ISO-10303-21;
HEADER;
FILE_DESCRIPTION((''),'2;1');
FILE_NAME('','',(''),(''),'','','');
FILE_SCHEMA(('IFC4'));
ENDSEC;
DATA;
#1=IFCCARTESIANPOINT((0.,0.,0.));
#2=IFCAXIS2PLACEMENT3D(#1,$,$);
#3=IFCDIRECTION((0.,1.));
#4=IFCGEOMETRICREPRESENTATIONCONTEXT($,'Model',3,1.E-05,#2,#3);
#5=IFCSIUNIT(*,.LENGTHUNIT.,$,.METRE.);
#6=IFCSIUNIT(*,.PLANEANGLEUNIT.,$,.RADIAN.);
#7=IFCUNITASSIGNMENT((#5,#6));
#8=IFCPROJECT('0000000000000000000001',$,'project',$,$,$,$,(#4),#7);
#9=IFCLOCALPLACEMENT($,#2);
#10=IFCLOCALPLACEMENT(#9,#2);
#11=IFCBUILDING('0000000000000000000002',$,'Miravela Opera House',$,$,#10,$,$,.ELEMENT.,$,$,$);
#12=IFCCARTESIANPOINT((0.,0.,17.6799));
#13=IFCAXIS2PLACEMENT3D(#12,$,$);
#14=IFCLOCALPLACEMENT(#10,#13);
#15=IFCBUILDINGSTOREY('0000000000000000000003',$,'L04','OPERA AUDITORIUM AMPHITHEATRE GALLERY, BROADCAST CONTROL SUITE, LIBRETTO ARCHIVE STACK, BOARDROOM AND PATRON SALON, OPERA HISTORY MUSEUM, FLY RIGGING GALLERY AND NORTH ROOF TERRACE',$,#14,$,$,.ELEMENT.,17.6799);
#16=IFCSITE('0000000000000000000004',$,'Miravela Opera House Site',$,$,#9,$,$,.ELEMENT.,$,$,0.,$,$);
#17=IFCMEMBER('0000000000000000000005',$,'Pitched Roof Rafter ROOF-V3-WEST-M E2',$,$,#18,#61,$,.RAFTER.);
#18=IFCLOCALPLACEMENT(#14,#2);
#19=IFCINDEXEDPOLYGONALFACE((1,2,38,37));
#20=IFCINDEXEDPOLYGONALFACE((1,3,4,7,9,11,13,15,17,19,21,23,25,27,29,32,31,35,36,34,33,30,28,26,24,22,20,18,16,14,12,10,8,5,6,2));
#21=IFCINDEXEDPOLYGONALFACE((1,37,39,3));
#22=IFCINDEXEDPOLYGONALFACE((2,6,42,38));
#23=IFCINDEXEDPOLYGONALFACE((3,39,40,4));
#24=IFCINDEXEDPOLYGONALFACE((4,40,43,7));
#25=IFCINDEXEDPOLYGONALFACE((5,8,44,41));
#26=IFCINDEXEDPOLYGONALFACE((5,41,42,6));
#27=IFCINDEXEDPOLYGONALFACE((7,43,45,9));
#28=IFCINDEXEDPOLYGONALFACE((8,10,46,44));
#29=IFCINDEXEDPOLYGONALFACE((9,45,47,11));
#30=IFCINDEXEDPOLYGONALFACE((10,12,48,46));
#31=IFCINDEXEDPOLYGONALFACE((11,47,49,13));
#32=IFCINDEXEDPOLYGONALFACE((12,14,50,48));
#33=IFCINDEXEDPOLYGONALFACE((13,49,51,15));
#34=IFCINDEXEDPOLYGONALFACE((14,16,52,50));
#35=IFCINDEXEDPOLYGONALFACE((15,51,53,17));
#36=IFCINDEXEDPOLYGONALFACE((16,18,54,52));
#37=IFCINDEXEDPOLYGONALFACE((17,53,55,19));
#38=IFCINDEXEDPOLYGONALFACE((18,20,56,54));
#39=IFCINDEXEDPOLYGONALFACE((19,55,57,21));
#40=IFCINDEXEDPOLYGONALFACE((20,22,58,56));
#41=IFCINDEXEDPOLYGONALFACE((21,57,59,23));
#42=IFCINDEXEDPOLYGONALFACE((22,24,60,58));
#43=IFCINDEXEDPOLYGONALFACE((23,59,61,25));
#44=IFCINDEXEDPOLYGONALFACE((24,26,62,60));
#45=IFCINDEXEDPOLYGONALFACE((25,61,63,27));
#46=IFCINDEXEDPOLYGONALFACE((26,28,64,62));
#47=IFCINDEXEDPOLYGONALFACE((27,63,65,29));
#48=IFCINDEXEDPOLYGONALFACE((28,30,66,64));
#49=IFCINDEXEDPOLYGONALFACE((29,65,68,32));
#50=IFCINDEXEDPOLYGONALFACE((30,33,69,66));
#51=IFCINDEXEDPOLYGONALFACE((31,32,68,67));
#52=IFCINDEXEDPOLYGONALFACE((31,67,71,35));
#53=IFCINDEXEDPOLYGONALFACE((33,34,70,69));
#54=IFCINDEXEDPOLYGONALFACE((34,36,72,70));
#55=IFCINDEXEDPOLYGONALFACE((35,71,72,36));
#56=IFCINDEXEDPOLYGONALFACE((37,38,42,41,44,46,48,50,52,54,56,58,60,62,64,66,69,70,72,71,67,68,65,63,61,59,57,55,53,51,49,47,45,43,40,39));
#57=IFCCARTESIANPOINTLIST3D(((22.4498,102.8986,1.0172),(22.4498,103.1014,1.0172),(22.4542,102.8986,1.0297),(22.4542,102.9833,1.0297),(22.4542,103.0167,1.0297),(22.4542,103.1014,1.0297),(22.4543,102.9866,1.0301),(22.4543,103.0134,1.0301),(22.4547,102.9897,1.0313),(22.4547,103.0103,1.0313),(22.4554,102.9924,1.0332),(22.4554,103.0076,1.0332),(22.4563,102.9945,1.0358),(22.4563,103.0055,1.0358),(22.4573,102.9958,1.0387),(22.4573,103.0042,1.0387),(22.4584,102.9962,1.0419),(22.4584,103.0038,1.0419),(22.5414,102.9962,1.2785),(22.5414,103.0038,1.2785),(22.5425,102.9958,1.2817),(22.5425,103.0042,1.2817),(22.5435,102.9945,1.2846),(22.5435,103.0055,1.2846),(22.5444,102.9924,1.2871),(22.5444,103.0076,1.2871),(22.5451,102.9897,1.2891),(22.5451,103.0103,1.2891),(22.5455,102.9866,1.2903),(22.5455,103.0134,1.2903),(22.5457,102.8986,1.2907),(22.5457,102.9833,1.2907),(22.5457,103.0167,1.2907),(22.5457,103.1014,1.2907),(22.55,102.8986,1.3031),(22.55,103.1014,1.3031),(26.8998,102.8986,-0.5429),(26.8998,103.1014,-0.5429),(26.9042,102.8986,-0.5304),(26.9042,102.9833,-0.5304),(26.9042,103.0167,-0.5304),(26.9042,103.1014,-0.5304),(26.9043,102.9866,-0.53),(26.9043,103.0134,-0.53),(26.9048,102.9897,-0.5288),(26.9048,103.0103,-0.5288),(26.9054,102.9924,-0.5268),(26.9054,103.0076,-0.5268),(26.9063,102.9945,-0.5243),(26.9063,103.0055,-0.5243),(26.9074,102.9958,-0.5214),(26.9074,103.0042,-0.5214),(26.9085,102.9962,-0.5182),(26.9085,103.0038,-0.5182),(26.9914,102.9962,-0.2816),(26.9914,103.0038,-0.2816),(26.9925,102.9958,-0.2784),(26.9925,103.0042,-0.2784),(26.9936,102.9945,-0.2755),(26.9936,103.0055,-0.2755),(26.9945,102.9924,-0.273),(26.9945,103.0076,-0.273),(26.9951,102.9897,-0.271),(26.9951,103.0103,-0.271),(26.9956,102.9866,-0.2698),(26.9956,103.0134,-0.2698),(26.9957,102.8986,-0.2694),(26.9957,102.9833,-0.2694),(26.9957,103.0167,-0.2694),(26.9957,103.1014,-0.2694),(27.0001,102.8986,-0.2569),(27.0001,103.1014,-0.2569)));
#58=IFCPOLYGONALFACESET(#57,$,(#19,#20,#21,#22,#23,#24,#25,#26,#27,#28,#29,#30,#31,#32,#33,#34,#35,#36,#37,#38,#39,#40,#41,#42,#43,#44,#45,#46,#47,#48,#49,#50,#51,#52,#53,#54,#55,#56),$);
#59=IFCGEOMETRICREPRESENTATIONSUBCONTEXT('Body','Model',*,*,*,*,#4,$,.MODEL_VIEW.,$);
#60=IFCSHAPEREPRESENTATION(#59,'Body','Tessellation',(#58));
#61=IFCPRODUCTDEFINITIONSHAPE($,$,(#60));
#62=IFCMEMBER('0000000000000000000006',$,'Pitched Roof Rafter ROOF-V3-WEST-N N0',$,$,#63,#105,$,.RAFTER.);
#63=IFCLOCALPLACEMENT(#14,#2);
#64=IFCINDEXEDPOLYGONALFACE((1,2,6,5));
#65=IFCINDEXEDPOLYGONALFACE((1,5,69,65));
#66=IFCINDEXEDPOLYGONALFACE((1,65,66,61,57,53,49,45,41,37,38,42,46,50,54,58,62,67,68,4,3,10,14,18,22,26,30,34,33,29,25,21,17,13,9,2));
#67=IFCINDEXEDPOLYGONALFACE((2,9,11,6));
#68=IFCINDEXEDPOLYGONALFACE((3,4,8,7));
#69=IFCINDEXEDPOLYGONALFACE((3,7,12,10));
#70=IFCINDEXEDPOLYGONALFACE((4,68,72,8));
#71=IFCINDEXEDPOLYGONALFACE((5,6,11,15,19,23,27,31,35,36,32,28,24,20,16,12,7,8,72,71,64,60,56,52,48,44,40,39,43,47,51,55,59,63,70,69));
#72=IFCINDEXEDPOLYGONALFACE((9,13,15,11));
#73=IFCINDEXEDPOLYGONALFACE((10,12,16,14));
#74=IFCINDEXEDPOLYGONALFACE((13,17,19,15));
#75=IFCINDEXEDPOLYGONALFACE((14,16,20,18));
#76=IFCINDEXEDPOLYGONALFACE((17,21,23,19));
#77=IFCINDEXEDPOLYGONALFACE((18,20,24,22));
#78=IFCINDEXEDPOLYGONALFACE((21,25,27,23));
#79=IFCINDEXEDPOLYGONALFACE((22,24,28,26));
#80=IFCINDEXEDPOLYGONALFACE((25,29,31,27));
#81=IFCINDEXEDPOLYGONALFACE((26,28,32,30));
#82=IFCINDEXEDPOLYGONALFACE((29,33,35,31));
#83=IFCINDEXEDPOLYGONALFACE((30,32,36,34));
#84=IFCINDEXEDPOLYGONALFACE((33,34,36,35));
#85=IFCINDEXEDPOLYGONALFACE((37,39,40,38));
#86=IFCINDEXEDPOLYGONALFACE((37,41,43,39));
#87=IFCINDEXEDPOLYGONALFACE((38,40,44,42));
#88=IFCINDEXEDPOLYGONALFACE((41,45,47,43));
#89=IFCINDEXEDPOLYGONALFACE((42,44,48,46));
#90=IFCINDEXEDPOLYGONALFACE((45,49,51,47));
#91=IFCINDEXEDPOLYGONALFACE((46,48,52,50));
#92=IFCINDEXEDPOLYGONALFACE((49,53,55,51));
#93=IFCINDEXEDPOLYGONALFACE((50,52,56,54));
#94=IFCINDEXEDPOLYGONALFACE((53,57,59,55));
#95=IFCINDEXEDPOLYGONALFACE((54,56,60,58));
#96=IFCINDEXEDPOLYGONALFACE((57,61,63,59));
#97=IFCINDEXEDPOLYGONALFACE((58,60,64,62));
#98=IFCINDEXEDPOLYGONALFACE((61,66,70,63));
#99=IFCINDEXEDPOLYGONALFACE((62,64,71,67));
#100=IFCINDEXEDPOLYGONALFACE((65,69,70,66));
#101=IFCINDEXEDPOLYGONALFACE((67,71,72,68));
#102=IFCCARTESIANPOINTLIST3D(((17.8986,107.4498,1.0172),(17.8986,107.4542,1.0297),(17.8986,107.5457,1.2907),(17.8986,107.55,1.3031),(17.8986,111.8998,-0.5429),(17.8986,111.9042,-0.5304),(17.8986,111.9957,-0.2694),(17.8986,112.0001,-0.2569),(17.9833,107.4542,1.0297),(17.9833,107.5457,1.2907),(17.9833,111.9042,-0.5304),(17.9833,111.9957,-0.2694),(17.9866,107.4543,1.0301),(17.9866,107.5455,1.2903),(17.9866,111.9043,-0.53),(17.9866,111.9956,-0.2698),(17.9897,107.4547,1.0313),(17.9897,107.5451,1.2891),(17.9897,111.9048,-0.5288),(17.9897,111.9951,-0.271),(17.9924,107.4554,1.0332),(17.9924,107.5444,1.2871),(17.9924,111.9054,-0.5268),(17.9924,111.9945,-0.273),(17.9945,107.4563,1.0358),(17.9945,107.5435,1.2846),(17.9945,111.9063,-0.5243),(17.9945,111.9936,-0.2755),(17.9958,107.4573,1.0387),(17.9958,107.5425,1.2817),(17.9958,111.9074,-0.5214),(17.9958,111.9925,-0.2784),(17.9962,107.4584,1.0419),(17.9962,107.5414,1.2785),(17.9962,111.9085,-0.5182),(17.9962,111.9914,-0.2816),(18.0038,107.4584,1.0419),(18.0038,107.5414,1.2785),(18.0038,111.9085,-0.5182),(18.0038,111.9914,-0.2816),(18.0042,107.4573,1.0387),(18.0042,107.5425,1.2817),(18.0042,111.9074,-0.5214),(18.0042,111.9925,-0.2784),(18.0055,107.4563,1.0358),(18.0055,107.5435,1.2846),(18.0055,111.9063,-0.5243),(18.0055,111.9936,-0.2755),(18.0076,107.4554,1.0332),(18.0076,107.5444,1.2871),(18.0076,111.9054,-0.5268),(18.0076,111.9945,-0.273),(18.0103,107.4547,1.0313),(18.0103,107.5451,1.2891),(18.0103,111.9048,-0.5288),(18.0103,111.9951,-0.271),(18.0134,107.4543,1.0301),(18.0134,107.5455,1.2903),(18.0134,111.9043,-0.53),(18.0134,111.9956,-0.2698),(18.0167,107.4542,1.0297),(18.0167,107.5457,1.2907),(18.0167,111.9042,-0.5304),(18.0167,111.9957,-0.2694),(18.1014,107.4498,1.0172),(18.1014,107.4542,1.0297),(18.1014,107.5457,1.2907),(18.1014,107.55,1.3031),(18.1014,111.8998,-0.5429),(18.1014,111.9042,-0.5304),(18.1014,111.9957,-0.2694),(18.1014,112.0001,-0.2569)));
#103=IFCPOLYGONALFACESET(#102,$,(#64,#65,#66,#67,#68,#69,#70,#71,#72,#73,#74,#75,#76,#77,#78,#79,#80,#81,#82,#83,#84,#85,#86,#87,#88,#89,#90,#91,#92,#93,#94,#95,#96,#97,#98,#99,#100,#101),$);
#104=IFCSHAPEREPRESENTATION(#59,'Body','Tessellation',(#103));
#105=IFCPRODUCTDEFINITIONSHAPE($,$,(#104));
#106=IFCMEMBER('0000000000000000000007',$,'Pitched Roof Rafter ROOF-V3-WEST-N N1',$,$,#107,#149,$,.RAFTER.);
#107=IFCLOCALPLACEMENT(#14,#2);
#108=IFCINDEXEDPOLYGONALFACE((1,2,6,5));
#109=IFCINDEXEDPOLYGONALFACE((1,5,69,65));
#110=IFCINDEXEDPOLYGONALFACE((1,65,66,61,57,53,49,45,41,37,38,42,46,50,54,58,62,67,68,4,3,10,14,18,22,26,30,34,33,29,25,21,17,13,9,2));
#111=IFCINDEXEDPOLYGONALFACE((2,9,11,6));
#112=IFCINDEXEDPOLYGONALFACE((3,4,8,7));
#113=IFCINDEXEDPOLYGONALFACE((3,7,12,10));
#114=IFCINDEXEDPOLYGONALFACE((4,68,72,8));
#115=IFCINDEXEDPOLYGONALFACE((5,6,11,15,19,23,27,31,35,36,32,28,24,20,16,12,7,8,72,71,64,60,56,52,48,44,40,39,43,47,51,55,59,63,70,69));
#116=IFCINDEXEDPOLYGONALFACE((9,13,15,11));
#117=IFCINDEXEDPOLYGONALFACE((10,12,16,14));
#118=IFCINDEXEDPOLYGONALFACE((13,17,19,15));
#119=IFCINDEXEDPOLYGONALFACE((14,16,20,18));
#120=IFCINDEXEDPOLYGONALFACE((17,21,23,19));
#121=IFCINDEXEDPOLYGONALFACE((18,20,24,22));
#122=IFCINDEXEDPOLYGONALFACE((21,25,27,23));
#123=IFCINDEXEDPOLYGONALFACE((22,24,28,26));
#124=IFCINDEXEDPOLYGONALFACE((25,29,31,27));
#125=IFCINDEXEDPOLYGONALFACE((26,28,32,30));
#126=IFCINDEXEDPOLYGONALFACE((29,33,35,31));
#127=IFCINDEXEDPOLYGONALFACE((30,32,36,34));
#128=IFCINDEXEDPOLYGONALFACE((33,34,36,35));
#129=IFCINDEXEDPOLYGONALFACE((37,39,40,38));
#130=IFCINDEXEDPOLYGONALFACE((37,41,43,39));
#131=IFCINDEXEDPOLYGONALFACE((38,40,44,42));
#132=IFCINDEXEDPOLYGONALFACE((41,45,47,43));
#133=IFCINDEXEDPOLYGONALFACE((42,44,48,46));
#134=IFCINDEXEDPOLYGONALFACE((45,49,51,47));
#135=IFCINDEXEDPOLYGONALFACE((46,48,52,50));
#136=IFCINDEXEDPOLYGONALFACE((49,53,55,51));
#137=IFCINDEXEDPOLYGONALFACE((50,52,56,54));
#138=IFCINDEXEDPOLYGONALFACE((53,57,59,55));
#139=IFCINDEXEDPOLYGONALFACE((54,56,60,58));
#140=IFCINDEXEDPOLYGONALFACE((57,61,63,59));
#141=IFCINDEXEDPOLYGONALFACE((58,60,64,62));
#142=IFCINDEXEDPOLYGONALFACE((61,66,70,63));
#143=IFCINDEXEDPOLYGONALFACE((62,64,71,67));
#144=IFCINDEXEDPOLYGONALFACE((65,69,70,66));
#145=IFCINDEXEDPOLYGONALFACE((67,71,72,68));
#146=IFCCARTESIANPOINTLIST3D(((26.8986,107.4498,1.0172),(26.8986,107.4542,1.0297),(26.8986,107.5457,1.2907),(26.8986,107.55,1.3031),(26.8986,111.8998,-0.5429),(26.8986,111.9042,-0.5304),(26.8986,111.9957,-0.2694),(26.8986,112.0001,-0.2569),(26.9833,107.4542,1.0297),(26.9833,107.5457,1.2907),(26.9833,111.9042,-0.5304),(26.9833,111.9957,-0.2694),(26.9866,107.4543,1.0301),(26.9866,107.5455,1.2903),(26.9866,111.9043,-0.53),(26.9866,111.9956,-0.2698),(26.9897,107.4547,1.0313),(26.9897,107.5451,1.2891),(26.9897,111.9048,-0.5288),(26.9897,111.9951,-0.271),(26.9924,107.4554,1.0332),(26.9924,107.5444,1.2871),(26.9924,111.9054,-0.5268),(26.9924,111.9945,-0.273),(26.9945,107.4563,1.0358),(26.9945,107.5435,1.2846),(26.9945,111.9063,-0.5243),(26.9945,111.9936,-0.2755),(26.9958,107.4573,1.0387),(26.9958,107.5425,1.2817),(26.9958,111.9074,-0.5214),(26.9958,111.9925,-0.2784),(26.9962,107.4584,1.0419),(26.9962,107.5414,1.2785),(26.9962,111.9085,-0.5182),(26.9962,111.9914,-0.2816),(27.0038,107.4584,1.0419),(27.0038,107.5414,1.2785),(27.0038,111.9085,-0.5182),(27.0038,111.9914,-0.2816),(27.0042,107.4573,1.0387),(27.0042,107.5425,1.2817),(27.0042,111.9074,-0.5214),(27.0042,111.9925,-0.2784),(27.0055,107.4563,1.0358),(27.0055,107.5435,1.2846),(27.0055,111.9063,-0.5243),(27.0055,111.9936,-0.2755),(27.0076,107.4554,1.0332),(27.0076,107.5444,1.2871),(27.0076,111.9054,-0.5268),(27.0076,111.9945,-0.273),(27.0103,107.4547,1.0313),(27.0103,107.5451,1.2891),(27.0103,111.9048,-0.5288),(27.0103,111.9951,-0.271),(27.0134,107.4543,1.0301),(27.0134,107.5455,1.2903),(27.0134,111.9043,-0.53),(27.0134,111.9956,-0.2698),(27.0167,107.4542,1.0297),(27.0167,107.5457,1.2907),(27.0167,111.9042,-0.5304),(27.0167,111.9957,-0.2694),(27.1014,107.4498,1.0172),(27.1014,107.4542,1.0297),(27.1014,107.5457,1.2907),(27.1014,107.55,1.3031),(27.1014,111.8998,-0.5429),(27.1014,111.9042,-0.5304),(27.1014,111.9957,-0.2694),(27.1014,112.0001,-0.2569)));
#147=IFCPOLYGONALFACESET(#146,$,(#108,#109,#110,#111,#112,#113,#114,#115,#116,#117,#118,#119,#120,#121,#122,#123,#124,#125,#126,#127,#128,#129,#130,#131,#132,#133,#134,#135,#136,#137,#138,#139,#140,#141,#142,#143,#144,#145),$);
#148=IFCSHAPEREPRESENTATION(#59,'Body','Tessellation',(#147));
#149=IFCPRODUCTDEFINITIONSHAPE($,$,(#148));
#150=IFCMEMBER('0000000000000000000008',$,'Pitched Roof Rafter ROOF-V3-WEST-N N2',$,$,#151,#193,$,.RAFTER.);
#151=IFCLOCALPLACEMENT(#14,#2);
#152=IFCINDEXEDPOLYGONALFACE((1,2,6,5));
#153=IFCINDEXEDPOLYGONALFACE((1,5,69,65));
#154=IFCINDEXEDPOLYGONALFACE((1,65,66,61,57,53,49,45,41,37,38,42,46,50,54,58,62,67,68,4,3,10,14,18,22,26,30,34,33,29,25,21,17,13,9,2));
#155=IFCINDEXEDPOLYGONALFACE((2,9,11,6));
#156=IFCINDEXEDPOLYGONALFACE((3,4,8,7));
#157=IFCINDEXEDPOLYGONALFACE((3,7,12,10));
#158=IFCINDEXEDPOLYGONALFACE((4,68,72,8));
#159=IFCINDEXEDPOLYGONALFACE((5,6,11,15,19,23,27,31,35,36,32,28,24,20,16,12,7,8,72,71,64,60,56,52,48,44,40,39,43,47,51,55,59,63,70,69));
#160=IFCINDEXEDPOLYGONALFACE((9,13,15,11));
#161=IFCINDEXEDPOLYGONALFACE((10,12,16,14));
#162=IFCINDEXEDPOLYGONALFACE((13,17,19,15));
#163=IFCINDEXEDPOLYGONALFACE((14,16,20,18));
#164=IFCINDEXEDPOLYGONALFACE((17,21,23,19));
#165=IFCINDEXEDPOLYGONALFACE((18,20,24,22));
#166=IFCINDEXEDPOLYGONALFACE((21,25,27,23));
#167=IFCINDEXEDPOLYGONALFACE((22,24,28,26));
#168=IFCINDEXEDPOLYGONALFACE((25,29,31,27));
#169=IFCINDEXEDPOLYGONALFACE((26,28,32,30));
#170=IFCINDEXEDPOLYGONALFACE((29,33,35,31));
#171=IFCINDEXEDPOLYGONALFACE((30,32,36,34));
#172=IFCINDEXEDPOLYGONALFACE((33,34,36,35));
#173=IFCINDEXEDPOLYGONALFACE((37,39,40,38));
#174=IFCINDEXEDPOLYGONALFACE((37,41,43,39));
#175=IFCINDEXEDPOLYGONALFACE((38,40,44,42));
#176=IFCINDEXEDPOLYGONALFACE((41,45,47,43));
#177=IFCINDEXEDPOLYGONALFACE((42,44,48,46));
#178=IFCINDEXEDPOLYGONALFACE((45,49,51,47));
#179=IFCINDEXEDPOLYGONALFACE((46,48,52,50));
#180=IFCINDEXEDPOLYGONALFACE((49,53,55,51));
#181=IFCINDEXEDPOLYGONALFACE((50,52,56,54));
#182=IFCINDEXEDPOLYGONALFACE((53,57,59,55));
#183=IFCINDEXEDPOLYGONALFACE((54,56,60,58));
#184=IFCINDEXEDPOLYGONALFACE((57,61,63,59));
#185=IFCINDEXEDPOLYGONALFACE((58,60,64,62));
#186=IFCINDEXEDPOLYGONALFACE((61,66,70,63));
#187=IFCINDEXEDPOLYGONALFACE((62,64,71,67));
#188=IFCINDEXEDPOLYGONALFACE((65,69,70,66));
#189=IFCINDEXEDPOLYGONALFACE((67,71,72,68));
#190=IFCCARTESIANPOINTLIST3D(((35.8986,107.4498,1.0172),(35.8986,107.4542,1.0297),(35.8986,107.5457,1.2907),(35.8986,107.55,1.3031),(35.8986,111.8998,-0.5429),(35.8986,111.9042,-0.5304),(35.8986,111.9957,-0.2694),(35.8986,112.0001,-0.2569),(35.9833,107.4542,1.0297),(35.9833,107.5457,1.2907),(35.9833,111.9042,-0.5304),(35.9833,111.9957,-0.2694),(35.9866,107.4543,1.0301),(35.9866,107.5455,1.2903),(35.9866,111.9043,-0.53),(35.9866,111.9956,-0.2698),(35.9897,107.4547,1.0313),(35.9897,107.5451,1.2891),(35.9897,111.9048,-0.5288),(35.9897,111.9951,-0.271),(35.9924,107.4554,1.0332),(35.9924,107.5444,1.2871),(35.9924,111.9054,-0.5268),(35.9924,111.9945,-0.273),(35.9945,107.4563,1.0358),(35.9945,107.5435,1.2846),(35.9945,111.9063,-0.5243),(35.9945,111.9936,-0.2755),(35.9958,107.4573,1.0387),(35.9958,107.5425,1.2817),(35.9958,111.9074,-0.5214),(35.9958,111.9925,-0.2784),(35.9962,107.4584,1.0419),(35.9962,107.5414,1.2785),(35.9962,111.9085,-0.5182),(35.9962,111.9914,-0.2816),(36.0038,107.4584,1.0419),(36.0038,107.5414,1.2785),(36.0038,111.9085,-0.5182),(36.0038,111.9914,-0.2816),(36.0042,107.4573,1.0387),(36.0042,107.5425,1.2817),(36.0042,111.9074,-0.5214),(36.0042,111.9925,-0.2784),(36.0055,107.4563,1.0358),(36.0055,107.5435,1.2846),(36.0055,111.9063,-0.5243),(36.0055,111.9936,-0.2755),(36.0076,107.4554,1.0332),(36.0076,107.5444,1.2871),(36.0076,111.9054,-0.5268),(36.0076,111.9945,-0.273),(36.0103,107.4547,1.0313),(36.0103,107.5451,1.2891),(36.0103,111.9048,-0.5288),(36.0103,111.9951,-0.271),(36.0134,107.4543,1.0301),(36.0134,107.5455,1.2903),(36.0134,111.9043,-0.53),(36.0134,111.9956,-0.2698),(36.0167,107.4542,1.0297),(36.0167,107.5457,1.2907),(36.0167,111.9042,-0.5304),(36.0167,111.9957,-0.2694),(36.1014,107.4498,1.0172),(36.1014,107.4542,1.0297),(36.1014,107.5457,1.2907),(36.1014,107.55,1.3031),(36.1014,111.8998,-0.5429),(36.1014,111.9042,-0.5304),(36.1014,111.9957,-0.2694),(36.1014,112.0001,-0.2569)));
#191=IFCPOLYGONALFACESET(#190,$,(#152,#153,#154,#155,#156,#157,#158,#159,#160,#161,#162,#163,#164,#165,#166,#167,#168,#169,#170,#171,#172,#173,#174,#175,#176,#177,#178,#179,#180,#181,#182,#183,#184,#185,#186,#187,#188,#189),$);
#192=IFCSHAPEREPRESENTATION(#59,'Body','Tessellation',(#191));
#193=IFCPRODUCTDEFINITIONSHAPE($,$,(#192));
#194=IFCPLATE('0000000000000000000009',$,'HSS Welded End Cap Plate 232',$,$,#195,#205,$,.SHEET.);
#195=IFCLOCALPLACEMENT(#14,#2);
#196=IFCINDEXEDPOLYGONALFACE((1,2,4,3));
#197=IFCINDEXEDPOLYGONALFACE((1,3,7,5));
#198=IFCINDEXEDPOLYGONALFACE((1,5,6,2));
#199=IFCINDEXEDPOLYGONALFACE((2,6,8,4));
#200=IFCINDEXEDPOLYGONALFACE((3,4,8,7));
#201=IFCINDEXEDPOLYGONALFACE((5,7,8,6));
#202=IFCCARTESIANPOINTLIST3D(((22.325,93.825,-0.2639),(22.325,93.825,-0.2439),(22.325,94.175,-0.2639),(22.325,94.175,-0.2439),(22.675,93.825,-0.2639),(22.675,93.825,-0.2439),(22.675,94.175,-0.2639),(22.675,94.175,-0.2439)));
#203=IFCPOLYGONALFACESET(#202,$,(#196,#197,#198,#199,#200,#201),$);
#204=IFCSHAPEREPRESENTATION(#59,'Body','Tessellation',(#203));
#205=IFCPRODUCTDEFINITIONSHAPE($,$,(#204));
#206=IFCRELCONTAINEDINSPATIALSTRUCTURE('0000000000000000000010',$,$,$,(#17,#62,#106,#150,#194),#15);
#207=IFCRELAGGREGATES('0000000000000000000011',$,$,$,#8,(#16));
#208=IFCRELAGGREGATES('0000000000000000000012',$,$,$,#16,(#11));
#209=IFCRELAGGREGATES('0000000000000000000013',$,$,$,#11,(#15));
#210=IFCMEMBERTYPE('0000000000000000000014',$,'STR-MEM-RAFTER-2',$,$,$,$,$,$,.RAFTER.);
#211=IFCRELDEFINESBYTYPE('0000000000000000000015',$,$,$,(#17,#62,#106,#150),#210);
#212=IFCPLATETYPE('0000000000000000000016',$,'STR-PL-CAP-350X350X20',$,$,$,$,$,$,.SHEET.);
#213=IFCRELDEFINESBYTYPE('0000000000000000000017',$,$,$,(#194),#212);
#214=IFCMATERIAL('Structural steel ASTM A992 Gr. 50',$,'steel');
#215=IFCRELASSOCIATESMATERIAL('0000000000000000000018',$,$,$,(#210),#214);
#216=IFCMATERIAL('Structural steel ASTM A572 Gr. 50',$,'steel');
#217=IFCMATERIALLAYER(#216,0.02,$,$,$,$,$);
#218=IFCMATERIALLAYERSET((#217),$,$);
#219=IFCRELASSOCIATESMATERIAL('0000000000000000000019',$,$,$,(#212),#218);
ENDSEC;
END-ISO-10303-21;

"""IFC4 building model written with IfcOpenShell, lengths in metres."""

from ifc_helpers import new_model, si_unit, direction, frame, origin, origin_2d, place, context, subcontext, project, spatial, rectangle, i_section, extrude, material, layer, layer_set, material_profile, profile_set, type_object, element, save


model = new_model("IFC4")

# Units and contexts
model_context = context("Model", 3, precision=1e-05, world=origin(), true_north=direction((0.0, 1.0)))
body_context = subcontext(model_context, "Body", "Model", "MODEL_VIEW")
ifc_project = project(units=[si_unit("LENGTHUNIT", "METRE"), si_unit("PLANEANGLEUNIT", "RADIAN")], contexts=[model_context])

# Site, building, storey
site_placement = place(None, origin())
site = spatial("IfcSite", under=ifc_project, at=site_placement, Name="Miravela Opera House Site", CompositionType="ELEMENT", RefElevation=0.0)
building_placement = place(site_placement, origin())
building = spatial("IfcBuilding", under=site, at=building_placement, Name="Miravela Opera House", CompositionType="ELEMENT")
storey_placement = place(building_placement, frame((0.0, 0.0, 17.6799)))
storey = spatial("IfcBuildingStorey", under=building, at=storey_placement, Name="L04", Description="OPERA AUDITORIUM AMPHITHEATRE GALLERY, BROADCAST CONTROL SUITE, LIBRETTO ARCHIVE STACK, BOARDROOM AND PATRON SALON, OPERA HISTORY MUSEUM, FLY RIGGING GALLERY AND NORTH ROOF TERRACE", CompositionType="ELEMENT", Elevation=17.6799)

# Shared definitions
ifc_material_1 = material(Name="Structural steel ASTM A992 Gr. 50", Category="steel")

# Members
ifc_material_profile_1 = material_profile(ifc_material_1, i_section(OverallWidth=0.2029, OverallDepth=0.303, WebThickness=0.0076, FlangeThickness=0.0132, FilletRadius=0.0129, at=origin_2d()), Name="W310X60")
ifc_profile_set_1 = profile_set([ifc_material_profile_1])
member_type_1 = type_object("IfcMemberType", Name="STR-MEM-RAFTER-2", PredefinedType="RAFTER", material=ifc_profile_set_1)
for number, where, z_axis, x_axis, name in (
    (1, (26.95, 103.0, -0.3999), (-0.943688, 0.0, 0.330837), (0.0, -1.0, 0.0), "Pitched Roof Rafter ROOF-V3-WEST-M E2"),
    (2, (18.0, 111.95, -0.3999), (0.0, -0.943688, 0.330837), (1.0, 0.0, 0.0), "Pitched Roof Rafter ROOF-V3-WEST-N N0"),
    (3, (27.0, 111.95, -0.3999), (0.0, -0.943688, 0.330837), (1.0, 0.0, 0.0), "Pitched Roof Rafter ROOF-V3-WEST-N N1"),
    (4, (36.0, 111.95, -0.3999), (0.0, -0.943688, 0.330837), (1.0, 0.0, 0.0), "Pitched Roof Rafter ROOF-V3-WEST-N N2"),
):
    element("IfcMember", number, at=place(storey_placement, frame(where, z_axis=z_axis, x_axis=x_axis)), inside=storey, type_object=member_type_1, Name=name, PredefinedType="RAFTER", context=body_context, shape_type="SweptSolid", body=[
        extrude(i_section(OverallWidth=0.2029, OverallDepth=0.303, WebThickness=0.0076, FlangeThickness=0.0132, FilletRadius=0.0129, at=origin_2d()), origin(), (0.0, 0.0, 1.0), 4.7156),
    ])

# Plate
ifc_material_2 = material(Name="Structural steel ASTM A572 Gr. 50", Category="steel")
ifc_layer_1 = layer(ifc_material_2, 0.02)
ifc_layer_set_1 = layer_set([ifc_layer_1])
plate_type = type_object("IfcPlateType", Name="STR-PL-CAP-350X350X20", PredefinedType="SHEET", material=ifc_layer_set_1)
for number, where, z_axis, x_axis, name in (
    (5, (22.5, 94.0, -0.2639), (0.0, 0.0, 1.0), (1.0, 0.0, 0.0), "HSS Welded End Cap Plate 232"),
):
    element("IfcPlate", number, at=place(storey_placement, frame(where, z_axis=z_axis, x_axis=x_axis)), inside=storey, type_object=plate_type, Name=name, PredefinedType="SHEET", context=body_context, shape_type="SweptSolid", body=[
        extrude(rectangle(XDim=0.3501, YDim=0.3501, at=origin_2d()), origin(), (0.0, 0.0, 1.0), 0.02),
    ])

save(model, "model.ifc")
